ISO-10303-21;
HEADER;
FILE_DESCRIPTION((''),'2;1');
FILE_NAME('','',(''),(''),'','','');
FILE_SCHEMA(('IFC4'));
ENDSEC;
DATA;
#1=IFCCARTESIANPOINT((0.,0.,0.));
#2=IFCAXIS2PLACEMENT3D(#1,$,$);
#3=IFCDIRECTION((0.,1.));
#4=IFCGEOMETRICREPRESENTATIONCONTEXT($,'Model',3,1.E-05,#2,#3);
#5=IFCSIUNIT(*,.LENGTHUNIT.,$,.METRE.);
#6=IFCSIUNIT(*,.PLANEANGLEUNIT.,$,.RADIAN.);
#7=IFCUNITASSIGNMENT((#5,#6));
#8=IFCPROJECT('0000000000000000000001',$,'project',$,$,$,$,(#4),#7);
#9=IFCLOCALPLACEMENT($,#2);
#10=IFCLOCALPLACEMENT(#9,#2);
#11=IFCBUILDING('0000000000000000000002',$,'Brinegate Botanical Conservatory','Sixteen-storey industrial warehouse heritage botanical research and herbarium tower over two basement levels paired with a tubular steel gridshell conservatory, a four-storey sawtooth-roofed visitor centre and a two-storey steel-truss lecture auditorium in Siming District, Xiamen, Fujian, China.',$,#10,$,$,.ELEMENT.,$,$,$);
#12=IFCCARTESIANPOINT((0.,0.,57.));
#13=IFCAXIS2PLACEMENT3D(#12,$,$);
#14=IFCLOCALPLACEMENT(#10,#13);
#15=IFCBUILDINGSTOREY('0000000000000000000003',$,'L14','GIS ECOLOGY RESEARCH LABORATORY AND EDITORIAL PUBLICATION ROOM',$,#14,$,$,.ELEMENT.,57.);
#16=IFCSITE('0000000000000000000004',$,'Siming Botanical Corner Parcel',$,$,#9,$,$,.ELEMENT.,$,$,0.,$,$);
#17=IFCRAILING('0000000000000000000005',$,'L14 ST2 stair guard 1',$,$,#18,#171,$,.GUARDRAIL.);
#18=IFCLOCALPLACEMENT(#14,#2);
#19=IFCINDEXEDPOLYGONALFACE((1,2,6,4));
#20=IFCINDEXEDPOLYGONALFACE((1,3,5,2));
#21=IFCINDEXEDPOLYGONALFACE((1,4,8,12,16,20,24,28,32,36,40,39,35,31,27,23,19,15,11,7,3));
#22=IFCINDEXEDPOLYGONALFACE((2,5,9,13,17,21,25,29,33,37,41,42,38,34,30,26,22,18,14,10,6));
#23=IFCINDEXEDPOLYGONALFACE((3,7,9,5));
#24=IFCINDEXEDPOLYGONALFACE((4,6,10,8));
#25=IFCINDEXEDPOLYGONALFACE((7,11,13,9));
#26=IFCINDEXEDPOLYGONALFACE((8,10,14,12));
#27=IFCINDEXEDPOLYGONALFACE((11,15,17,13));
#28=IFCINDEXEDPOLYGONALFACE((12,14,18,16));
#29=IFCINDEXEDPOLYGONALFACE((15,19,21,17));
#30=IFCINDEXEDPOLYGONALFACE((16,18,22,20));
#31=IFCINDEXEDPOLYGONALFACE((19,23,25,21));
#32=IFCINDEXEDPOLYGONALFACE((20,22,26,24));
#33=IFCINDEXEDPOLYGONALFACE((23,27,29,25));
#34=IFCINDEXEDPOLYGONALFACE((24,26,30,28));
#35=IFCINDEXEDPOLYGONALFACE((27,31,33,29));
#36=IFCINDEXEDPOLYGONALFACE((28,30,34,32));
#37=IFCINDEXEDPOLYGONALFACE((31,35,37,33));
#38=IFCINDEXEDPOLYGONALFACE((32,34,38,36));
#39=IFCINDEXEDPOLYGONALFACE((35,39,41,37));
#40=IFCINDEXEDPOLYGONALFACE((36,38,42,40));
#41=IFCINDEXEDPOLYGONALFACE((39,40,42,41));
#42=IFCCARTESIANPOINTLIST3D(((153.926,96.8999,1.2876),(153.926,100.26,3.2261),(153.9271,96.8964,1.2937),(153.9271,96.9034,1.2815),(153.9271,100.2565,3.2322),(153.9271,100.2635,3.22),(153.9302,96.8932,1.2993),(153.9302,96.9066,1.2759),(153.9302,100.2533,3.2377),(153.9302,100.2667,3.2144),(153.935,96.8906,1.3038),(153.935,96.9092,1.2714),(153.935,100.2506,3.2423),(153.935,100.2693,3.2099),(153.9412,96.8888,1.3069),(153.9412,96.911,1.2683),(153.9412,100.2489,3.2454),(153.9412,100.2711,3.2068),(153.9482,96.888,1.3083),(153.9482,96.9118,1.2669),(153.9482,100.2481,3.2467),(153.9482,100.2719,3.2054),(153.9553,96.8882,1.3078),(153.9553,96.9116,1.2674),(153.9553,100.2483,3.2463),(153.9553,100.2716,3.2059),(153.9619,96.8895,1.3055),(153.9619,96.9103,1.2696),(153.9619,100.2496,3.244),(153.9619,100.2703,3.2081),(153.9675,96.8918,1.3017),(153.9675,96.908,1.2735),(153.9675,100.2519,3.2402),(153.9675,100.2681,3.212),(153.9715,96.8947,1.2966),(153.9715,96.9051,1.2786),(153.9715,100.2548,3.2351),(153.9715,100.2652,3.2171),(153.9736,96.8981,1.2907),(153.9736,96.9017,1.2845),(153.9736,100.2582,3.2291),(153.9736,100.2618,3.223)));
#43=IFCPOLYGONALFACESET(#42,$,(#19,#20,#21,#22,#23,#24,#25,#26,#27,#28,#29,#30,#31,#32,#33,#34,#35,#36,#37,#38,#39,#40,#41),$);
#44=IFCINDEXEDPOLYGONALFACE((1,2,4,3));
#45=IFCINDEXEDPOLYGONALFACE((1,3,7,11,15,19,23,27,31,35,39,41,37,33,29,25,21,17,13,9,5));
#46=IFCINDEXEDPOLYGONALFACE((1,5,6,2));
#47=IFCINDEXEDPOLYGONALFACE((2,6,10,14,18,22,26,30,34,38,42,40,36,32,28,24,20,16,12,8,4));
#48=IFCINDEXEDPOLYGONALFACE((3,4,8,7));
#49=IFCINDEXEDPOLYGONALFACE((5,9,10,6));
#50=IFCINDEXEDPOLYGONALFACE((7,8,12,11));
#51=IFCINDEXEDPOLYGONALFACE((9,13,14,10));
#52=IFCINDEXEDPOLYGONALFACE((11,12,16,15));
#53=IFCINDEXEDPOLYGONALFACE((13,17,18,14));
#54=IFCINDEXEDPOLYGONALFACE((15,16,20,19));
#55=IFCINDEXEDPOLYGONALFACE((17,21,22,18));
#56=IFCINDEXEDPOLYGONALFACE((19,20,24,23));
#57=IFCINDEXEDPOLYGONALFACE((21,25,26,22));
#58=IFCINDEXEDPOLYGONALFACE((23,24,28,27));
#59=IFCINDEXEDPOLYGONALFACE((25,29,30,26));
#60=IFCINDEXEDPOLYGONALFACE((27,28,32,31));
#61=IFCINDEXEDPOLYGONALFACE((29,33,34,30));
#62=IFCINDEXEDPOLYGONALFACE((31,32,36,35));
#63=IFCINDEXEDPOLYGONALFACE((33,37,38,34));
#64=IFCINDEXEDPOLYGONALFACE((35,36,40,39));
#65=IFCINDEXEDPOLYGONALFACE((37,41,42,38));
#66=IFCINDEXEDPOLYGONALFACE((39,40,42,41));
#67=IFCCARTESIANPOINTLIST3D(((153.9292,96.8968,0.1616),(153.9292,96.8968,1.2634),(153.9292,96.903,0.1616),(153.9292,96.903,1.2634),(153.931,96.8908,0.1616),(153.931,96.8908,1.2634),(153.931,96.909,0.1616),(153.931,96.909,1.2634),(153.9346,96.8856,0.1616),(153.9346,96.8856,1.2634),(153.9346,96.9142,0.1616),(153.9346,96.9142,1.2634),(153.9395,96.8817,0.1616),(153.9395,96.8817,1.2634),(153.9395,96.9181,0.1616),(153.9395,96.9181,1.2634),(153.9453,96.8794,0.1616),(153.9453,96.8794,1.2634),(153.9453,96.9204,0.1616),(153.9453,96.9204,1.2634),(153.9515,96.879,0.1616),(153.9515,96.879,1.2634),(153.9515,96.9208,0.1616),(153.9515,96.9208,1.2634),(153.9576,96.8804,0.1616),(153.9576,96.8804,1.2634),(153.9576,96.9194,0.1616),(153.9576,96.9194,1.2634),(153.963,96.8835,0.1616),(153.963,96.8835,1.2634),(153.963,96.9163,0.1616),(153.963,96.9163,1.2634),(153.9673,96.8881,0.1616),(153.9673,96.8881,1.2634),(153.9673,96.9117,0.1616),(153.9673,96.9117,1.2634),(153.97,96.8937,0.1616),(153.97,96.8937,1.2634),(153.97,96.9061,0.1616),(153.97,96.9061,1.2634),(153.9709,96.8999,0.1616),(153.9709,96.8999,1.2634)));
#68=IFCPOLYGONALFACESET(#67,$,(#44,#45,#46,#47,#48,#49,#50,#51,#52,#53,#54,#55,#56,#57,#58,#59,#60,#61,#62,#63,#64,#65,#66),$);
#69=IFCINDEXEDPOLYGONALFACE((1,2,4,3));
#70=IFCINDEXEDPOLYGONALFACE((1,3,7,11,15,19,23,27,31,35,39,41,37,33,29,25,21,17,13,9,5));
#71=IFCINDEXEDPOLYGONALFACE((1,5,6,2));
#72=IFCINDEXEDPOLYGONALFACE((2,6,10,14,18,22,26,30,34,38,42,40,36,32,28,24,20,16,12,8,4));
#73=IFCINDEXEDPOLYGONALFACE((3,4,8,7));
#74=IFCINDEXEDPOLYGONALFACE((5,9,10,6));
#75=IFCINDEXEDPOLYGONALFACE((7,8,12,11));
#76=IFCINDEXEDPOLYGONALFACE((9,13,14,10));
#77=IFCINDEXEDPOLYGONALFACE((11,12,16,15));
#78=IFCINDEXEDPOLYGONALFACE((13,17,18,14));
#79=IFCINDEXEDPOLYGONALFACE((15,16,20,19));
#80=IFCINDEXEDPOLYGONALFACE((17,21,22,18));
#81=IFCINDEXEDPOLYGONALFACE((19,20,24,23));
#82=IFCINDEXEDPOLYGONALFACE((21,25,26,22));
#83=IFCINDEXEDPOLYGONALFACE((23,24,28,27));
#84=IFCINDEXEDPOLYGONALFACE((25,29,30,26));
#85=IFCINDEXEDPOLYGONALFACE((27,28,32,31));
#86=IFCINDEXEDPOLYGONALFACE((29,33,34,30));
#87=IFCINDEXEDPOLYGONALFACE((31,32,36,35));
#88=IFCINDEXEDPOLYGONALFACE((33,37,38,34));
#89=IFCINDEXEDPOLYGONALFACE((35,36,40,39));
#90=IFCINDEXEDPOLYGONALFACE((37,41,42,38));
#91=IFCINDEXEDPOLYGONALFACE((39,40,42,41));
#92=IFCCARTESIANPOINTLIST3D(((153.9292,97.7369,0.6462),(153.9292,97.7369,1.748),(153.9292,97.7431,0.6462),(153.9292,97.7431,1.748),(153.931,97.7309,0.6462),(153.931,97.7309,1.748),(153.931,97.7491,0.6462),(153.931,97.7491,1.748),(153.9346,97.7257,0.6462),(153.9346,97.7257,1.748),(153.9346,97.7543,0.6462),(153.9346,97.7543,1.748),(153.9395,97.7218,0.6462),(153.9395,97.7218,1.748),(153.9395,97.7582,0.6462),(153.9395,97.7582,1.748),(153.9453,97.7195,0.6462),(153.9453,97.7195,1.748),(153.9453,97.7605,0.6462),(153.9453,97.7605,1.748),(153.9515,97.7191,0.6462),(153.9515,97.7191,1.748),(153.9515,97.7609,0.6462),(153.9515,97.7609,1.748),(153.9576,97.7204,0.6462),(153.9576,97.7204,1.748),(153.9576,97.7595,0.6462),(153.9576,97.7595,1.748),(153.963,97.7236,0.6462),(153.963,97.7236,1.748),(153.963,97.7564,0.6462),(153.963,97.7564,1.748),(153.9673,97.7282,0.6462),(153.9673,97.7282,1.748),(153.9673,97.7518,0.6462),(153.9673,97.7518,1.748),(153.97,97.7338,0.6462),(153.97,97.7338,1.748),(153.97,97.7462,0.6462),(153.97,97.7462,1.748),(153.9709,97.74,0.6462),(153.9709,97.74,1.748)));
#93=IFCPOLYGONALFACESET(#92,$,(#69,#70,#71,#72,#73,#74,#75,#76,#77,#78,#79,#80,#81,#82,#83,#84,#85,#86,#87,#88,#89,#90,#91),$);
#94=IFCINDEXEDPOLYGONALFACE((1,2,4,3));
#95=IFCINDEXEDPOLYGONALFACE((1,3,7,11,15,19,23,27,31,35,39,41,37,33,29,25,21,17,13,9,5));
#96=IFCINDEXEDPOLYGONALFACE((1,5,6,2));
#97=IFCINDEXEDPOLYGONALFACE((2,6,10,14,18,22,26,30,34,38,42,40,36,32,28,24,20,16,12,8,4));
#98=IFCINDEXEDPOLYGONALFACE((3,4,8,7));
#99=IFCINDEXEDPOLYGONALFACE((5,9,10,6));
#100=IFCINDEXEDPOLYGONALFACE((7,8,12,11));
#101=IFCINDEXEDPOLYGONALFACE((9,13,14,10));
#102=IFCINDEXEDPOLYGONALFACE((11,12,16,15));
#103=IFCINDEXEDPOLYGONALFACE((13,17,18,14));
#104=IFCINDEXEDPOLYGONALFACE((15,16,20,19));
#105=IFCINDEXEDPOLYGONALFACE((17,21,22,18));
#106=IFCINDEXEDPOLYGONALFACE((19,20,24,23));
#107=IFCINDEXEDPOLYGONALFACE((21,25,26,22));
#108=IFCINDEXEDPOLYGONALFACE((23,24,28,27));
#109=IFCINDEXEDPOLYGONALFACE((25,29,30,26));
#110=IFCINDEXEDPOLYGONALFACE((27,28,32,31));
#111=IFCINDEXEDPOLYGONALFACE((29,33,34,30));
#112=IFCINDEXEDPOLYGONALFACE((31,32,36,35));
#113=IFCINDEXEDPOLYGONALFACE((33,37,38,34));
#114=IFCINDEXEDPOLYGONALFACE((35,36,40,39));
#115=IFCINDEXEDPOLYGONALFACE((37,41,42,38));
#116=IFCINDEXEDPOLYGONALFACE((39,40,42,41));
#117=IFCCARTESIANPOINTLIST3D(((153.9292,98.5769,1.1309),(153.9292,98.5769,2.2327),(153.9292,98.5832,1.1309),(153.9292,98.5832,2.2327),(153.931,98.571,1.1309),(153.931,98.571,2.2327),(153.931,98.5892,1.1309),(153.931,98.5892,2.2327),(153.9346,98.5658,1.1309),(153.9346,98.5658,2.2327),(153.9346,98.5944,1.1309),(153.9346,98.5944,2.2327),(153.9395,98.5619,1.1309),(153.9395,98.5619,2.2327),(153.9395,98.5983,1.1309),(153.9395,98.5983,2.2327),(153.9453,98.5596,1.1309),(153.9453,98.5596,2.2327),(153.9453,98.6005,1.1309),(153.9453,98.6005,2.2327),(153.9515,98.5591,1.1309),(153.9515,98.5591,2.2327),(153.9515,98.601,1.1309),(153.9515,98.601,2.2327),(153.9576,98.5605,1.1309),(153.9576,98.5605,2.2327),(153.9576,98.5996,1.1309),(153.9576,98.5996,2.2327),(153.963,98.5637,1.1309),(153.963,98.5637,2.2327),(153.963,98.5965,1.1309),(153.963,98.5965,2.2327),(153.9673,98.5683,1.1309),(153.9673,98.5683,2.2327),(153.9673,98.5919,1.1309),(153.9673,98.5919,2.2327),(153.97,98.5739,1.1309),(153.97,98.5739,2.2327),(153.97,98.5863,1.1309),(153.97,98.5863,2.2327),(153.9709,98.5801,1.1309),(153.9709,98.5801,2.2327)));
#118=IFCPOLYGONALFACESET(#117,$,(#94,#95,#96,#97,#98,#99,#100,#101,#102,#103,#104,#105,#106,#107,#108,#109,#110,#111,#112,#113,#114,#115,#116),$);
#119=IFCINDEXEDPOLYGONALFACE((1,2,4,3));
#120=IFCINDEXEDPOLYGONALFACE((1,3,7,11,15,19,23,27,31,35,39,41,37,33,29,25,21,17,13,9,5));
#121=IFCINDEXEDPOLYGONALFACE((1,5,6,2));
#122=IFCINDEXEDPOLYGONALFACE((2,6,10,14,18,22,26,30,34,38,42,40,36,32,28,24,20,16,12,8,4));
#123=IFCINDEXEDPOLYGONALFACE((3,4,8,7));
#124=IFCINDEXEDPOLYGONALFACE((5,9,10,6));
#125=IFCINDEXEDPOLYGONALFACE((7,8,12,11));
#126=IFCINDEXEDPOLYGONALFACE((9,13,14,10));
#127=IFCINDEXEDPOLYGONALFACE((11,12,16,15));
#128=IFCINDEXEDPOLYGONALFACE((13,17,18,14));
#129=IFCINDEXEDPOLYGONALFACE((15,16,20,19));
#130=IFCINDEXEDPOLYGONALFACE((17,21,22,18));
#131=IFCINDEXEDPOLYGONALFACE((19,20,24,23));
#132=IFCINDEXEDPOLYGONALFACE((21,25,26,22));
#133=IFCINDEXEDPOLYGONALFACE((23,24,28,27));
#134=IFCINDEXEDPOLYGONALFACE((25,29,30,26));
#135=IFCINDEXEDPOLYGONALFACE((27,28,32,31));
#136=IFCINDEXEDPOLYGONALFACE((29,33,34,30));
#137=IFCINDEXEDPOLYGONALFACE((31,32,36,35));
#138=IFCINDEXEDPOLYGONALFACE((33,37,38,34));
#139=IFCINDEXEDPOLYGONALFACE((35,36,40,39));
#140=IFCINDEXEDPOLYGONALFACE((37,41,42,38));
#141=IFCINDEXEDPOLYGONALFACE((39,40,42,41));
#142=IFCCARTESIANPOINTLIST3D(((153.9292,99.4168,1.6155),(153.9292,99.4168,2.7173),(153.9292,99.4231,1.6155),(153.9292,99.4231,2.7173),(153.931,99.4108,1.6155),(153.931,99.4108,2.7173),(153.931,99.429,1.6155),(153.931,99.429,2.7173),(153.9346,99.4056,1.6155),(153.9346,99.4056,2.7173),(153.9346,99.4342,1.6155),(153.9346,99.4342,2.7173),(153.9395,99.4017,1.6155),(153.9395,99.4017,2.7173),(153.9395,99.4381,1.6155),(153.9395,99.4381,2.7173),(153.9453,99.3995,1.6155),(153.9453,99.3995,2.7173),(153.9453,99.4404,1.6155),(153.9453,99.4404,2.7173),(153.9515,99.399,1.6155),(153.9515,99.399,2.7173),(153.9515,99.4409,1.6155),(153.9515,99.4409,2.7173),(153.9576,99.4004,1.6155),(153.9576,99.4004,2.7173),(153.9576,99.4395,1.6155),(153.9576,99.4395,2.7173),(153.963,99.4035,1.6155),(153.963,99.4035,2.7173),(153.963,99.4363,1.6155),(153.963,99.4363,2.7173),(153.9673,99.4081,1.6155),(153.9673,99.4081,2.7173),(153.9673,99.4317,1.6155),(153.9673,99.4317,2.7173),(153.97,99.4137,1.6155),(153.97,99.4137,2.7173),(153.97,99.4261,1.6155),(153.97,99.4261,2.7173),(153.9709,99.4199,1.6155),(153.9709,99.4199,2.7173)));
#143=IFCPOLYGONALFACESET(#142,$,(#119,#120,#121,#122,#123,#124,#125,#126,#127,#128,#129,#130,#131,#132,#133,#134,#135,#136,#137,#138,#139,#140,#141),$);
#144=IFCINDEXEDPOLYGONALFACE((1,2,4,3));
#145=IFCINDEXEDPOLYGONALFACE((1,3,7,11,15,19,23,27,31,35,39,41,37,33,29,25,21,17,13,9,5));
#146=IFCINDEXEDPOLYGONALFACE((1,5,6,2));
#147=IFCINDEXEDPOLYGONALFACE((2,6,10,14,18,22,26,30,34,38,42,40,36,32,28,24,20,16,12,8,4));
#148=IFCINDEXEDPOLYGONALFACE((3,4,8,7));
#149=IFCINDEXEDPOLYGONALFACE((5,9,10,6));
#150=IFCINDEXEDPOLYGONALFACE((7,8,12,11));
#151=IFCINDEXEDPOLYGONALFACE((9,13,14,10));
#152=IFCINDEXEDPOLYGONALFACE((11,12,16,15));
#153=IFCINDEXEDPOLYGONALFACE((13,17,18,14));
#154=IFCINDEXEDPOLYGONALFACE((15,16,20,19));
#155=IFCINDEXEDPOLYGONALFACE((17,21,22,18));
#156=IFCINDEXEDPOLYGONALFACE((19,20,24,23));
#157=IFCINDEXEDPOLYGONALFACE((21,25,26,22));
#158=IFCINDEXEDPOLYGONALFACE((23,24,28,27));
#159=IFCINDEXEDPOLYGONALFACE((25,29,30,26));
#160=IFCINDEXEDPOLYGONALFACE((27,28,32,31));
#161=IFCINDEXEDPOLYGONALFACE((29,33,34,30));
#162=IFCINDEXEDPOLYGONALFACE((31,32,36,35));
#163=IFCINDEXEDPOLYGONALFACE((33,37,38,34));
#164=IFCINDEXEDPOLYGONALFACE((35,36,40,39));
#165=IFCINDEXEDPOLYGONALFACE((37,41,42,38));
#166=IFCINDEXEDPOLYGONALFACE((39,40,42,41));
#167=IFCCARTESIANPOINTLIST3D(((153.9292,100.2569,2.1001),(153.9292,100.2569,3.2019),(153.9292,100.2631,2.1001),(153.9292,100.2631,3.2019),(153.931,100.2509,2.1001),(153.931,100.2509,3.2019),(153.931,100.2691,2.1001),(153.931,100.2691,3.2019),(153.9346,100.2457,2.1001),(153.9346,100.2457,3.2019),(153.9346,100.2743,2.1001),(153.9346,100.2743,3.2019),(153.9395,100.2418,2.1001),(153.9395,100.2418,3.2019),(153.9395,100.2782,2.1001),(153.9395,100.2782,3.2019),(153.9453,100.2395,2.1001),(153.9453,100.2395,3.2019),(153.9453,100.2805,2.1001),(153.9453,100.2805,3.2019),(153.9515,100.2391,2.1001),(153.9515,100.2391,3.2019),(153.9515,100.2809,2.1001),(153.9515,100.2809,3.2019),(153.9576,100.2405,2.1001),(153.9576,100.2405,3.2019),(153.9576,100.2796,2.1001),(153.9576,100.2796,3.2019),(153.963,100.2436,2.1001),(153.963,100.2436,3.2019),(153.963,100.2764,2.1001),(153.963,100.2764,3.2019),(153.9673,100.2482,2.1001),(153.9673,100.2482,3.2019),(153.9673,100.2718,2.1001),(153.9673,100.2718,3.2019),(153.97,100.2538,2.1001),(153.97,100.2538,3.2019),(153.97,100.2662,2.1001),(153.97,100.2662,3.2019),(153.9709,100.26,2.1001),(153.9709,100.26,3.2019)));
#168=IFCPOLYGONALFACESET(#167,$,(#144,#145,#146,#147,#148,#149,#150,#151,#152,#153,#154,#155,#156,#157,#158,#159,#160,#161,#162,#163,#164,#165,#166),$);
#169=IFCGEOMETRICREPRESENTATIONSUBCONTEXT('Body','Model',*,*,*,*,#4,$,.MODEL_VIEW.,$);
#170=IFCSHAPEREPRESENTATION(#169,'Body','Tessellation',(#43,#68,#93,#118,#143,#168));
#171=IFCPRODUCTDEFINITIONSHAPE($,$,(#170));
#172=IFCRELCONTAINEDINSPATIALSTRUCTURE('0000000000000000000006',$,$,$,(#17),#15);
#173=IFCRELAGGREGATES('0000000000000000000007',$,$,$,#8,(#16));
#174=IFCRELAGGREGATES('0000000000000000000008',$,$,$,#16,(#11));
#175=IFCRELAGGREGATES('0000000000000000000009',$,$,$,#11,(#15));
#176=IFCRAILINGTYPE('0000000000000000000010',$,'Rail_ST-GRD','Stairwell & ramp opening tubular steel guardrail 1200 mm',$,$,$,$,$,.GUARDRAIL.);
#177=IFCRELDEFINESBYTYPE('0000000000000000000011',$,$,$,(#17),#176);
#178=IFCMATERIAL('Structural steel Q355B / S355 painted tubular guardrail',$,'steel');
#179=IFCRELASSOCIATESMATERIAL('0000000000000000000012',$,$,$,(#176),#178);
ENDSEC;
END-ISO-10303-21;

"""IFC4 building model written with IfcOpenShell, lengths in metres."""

from ifc_helpers import new_model, si_unit, direction, frame, origin, origin_2d, place, context, subcontext, project, spatial, circle, extrude, material, type_object, element, save


model = new_model("IFC4")

# Units and contexts
model_context = context("Model", 3, precision=1e-05, world=origin(), true_north=direction((0.0, 1.0)))
body_context = subcontext(model_context, "Body", "Model", "MODEL_VIEW")
ifc_project = project(units=[si_unit("LENGTHUNIT", "METRE"), si_unit("PLANEANGLEUNIT", "RADIAN")], contexts=[model_context])

# Site, building, storey
site_placement = place(None, origin())
site = spatial("IfcSite", under=ifc_project, at=site_placement, Name="Siming Botanical Corner Parcel", CompositionType="ELEMENT", RefElevation=0.0)
building_placement = place(site_placement, origin())
building = spatial("IfcBuilding", under=site, at=building_placement, Name="Brinegate Botanical Conservatory", Description="Sixteen-storey industrial warehouse heritage botanical research and herbarium tower over two basement levels paired with a tubular steel gridshell conservatory, a four-storey sawtooth-roofed visitor centre and a two-storey steel-truss lecture auditorium in Siming District, Xiamen, Fujian, China.", CompositionType="ELEMENT")
storey_placement = place(building_placement, frame((0.0, 0.0, 57.0)))
storey = spatial("IfcBuildingStorey", under=building, at=storey_placement, Name="L14", Description="GIS ECOLOGY RESEARCH LABORATORY AND EDITORIAL PUBLICATION ROOM", CompositionType="ELEMENT", Elevation=57.0)

# Railing
ifc_material_1 = material(Name="Structural steel Q355B / S355 painted tubular guardrail", Category="steel")
railing_type_1 = type_object("IfcRailingType", Name="Rail_ST-GRD", Description="Stairwell & ramp opening tubular steel guardrail 1200 mm", PredefinedType="GUARDRAIL", material=ifc_material_1)
railing_1_placement = place(storey_placement, frame((153.95, 96.8999, 0.1616)))
element("IfcRailing", 1, at=railing_1_placement, inside=storey, type_object=railing_type_1, Name="L14 ST2 stair guard 1", PredefinedType="GUARDRAIL", context=body_context, shape_type="SweptSolid", body=[
    extrude(circle(Radius=0.0239, at=origin_2d()), frame((0.0, 0.0, 1.126), z_axis=(0.0, 0.866191, 0.499713), x_axis=(-1.0, 0.0, 0.0)), (0.0, 0.0, 1.0), 3.8792),
    extrude(circle(Radius=0.021, at=origin_2d()), origin(), (0.0, 0.0, 1.0), 1.1018),
    extrude(circle(Radius=0.021, at=origin_2d()), frame((0.0, 0.8401, 0.4846)), (0.0, 0.0, 1.0), 1.1018),
    extrude(circle(Radius=0.021, at=origin_2d()), frame((0.0, 1.6802, 0.9692)), (0.0, 0.0, 1.0), 1.1018),
    extrude(circle(Radius=0.021, at=origin_2d()), frame((0.0, 2.52, 1.4539)), (0.0, 0.0, 1.0), 1.1018),
    extrude(circle(Radius=0.021, at=origin_2d()), frame((0.0, 3.3601, 1.9385)), (0.0, 0.0, 1.0), 1.1018),
])

save(model, "model.ifc")
